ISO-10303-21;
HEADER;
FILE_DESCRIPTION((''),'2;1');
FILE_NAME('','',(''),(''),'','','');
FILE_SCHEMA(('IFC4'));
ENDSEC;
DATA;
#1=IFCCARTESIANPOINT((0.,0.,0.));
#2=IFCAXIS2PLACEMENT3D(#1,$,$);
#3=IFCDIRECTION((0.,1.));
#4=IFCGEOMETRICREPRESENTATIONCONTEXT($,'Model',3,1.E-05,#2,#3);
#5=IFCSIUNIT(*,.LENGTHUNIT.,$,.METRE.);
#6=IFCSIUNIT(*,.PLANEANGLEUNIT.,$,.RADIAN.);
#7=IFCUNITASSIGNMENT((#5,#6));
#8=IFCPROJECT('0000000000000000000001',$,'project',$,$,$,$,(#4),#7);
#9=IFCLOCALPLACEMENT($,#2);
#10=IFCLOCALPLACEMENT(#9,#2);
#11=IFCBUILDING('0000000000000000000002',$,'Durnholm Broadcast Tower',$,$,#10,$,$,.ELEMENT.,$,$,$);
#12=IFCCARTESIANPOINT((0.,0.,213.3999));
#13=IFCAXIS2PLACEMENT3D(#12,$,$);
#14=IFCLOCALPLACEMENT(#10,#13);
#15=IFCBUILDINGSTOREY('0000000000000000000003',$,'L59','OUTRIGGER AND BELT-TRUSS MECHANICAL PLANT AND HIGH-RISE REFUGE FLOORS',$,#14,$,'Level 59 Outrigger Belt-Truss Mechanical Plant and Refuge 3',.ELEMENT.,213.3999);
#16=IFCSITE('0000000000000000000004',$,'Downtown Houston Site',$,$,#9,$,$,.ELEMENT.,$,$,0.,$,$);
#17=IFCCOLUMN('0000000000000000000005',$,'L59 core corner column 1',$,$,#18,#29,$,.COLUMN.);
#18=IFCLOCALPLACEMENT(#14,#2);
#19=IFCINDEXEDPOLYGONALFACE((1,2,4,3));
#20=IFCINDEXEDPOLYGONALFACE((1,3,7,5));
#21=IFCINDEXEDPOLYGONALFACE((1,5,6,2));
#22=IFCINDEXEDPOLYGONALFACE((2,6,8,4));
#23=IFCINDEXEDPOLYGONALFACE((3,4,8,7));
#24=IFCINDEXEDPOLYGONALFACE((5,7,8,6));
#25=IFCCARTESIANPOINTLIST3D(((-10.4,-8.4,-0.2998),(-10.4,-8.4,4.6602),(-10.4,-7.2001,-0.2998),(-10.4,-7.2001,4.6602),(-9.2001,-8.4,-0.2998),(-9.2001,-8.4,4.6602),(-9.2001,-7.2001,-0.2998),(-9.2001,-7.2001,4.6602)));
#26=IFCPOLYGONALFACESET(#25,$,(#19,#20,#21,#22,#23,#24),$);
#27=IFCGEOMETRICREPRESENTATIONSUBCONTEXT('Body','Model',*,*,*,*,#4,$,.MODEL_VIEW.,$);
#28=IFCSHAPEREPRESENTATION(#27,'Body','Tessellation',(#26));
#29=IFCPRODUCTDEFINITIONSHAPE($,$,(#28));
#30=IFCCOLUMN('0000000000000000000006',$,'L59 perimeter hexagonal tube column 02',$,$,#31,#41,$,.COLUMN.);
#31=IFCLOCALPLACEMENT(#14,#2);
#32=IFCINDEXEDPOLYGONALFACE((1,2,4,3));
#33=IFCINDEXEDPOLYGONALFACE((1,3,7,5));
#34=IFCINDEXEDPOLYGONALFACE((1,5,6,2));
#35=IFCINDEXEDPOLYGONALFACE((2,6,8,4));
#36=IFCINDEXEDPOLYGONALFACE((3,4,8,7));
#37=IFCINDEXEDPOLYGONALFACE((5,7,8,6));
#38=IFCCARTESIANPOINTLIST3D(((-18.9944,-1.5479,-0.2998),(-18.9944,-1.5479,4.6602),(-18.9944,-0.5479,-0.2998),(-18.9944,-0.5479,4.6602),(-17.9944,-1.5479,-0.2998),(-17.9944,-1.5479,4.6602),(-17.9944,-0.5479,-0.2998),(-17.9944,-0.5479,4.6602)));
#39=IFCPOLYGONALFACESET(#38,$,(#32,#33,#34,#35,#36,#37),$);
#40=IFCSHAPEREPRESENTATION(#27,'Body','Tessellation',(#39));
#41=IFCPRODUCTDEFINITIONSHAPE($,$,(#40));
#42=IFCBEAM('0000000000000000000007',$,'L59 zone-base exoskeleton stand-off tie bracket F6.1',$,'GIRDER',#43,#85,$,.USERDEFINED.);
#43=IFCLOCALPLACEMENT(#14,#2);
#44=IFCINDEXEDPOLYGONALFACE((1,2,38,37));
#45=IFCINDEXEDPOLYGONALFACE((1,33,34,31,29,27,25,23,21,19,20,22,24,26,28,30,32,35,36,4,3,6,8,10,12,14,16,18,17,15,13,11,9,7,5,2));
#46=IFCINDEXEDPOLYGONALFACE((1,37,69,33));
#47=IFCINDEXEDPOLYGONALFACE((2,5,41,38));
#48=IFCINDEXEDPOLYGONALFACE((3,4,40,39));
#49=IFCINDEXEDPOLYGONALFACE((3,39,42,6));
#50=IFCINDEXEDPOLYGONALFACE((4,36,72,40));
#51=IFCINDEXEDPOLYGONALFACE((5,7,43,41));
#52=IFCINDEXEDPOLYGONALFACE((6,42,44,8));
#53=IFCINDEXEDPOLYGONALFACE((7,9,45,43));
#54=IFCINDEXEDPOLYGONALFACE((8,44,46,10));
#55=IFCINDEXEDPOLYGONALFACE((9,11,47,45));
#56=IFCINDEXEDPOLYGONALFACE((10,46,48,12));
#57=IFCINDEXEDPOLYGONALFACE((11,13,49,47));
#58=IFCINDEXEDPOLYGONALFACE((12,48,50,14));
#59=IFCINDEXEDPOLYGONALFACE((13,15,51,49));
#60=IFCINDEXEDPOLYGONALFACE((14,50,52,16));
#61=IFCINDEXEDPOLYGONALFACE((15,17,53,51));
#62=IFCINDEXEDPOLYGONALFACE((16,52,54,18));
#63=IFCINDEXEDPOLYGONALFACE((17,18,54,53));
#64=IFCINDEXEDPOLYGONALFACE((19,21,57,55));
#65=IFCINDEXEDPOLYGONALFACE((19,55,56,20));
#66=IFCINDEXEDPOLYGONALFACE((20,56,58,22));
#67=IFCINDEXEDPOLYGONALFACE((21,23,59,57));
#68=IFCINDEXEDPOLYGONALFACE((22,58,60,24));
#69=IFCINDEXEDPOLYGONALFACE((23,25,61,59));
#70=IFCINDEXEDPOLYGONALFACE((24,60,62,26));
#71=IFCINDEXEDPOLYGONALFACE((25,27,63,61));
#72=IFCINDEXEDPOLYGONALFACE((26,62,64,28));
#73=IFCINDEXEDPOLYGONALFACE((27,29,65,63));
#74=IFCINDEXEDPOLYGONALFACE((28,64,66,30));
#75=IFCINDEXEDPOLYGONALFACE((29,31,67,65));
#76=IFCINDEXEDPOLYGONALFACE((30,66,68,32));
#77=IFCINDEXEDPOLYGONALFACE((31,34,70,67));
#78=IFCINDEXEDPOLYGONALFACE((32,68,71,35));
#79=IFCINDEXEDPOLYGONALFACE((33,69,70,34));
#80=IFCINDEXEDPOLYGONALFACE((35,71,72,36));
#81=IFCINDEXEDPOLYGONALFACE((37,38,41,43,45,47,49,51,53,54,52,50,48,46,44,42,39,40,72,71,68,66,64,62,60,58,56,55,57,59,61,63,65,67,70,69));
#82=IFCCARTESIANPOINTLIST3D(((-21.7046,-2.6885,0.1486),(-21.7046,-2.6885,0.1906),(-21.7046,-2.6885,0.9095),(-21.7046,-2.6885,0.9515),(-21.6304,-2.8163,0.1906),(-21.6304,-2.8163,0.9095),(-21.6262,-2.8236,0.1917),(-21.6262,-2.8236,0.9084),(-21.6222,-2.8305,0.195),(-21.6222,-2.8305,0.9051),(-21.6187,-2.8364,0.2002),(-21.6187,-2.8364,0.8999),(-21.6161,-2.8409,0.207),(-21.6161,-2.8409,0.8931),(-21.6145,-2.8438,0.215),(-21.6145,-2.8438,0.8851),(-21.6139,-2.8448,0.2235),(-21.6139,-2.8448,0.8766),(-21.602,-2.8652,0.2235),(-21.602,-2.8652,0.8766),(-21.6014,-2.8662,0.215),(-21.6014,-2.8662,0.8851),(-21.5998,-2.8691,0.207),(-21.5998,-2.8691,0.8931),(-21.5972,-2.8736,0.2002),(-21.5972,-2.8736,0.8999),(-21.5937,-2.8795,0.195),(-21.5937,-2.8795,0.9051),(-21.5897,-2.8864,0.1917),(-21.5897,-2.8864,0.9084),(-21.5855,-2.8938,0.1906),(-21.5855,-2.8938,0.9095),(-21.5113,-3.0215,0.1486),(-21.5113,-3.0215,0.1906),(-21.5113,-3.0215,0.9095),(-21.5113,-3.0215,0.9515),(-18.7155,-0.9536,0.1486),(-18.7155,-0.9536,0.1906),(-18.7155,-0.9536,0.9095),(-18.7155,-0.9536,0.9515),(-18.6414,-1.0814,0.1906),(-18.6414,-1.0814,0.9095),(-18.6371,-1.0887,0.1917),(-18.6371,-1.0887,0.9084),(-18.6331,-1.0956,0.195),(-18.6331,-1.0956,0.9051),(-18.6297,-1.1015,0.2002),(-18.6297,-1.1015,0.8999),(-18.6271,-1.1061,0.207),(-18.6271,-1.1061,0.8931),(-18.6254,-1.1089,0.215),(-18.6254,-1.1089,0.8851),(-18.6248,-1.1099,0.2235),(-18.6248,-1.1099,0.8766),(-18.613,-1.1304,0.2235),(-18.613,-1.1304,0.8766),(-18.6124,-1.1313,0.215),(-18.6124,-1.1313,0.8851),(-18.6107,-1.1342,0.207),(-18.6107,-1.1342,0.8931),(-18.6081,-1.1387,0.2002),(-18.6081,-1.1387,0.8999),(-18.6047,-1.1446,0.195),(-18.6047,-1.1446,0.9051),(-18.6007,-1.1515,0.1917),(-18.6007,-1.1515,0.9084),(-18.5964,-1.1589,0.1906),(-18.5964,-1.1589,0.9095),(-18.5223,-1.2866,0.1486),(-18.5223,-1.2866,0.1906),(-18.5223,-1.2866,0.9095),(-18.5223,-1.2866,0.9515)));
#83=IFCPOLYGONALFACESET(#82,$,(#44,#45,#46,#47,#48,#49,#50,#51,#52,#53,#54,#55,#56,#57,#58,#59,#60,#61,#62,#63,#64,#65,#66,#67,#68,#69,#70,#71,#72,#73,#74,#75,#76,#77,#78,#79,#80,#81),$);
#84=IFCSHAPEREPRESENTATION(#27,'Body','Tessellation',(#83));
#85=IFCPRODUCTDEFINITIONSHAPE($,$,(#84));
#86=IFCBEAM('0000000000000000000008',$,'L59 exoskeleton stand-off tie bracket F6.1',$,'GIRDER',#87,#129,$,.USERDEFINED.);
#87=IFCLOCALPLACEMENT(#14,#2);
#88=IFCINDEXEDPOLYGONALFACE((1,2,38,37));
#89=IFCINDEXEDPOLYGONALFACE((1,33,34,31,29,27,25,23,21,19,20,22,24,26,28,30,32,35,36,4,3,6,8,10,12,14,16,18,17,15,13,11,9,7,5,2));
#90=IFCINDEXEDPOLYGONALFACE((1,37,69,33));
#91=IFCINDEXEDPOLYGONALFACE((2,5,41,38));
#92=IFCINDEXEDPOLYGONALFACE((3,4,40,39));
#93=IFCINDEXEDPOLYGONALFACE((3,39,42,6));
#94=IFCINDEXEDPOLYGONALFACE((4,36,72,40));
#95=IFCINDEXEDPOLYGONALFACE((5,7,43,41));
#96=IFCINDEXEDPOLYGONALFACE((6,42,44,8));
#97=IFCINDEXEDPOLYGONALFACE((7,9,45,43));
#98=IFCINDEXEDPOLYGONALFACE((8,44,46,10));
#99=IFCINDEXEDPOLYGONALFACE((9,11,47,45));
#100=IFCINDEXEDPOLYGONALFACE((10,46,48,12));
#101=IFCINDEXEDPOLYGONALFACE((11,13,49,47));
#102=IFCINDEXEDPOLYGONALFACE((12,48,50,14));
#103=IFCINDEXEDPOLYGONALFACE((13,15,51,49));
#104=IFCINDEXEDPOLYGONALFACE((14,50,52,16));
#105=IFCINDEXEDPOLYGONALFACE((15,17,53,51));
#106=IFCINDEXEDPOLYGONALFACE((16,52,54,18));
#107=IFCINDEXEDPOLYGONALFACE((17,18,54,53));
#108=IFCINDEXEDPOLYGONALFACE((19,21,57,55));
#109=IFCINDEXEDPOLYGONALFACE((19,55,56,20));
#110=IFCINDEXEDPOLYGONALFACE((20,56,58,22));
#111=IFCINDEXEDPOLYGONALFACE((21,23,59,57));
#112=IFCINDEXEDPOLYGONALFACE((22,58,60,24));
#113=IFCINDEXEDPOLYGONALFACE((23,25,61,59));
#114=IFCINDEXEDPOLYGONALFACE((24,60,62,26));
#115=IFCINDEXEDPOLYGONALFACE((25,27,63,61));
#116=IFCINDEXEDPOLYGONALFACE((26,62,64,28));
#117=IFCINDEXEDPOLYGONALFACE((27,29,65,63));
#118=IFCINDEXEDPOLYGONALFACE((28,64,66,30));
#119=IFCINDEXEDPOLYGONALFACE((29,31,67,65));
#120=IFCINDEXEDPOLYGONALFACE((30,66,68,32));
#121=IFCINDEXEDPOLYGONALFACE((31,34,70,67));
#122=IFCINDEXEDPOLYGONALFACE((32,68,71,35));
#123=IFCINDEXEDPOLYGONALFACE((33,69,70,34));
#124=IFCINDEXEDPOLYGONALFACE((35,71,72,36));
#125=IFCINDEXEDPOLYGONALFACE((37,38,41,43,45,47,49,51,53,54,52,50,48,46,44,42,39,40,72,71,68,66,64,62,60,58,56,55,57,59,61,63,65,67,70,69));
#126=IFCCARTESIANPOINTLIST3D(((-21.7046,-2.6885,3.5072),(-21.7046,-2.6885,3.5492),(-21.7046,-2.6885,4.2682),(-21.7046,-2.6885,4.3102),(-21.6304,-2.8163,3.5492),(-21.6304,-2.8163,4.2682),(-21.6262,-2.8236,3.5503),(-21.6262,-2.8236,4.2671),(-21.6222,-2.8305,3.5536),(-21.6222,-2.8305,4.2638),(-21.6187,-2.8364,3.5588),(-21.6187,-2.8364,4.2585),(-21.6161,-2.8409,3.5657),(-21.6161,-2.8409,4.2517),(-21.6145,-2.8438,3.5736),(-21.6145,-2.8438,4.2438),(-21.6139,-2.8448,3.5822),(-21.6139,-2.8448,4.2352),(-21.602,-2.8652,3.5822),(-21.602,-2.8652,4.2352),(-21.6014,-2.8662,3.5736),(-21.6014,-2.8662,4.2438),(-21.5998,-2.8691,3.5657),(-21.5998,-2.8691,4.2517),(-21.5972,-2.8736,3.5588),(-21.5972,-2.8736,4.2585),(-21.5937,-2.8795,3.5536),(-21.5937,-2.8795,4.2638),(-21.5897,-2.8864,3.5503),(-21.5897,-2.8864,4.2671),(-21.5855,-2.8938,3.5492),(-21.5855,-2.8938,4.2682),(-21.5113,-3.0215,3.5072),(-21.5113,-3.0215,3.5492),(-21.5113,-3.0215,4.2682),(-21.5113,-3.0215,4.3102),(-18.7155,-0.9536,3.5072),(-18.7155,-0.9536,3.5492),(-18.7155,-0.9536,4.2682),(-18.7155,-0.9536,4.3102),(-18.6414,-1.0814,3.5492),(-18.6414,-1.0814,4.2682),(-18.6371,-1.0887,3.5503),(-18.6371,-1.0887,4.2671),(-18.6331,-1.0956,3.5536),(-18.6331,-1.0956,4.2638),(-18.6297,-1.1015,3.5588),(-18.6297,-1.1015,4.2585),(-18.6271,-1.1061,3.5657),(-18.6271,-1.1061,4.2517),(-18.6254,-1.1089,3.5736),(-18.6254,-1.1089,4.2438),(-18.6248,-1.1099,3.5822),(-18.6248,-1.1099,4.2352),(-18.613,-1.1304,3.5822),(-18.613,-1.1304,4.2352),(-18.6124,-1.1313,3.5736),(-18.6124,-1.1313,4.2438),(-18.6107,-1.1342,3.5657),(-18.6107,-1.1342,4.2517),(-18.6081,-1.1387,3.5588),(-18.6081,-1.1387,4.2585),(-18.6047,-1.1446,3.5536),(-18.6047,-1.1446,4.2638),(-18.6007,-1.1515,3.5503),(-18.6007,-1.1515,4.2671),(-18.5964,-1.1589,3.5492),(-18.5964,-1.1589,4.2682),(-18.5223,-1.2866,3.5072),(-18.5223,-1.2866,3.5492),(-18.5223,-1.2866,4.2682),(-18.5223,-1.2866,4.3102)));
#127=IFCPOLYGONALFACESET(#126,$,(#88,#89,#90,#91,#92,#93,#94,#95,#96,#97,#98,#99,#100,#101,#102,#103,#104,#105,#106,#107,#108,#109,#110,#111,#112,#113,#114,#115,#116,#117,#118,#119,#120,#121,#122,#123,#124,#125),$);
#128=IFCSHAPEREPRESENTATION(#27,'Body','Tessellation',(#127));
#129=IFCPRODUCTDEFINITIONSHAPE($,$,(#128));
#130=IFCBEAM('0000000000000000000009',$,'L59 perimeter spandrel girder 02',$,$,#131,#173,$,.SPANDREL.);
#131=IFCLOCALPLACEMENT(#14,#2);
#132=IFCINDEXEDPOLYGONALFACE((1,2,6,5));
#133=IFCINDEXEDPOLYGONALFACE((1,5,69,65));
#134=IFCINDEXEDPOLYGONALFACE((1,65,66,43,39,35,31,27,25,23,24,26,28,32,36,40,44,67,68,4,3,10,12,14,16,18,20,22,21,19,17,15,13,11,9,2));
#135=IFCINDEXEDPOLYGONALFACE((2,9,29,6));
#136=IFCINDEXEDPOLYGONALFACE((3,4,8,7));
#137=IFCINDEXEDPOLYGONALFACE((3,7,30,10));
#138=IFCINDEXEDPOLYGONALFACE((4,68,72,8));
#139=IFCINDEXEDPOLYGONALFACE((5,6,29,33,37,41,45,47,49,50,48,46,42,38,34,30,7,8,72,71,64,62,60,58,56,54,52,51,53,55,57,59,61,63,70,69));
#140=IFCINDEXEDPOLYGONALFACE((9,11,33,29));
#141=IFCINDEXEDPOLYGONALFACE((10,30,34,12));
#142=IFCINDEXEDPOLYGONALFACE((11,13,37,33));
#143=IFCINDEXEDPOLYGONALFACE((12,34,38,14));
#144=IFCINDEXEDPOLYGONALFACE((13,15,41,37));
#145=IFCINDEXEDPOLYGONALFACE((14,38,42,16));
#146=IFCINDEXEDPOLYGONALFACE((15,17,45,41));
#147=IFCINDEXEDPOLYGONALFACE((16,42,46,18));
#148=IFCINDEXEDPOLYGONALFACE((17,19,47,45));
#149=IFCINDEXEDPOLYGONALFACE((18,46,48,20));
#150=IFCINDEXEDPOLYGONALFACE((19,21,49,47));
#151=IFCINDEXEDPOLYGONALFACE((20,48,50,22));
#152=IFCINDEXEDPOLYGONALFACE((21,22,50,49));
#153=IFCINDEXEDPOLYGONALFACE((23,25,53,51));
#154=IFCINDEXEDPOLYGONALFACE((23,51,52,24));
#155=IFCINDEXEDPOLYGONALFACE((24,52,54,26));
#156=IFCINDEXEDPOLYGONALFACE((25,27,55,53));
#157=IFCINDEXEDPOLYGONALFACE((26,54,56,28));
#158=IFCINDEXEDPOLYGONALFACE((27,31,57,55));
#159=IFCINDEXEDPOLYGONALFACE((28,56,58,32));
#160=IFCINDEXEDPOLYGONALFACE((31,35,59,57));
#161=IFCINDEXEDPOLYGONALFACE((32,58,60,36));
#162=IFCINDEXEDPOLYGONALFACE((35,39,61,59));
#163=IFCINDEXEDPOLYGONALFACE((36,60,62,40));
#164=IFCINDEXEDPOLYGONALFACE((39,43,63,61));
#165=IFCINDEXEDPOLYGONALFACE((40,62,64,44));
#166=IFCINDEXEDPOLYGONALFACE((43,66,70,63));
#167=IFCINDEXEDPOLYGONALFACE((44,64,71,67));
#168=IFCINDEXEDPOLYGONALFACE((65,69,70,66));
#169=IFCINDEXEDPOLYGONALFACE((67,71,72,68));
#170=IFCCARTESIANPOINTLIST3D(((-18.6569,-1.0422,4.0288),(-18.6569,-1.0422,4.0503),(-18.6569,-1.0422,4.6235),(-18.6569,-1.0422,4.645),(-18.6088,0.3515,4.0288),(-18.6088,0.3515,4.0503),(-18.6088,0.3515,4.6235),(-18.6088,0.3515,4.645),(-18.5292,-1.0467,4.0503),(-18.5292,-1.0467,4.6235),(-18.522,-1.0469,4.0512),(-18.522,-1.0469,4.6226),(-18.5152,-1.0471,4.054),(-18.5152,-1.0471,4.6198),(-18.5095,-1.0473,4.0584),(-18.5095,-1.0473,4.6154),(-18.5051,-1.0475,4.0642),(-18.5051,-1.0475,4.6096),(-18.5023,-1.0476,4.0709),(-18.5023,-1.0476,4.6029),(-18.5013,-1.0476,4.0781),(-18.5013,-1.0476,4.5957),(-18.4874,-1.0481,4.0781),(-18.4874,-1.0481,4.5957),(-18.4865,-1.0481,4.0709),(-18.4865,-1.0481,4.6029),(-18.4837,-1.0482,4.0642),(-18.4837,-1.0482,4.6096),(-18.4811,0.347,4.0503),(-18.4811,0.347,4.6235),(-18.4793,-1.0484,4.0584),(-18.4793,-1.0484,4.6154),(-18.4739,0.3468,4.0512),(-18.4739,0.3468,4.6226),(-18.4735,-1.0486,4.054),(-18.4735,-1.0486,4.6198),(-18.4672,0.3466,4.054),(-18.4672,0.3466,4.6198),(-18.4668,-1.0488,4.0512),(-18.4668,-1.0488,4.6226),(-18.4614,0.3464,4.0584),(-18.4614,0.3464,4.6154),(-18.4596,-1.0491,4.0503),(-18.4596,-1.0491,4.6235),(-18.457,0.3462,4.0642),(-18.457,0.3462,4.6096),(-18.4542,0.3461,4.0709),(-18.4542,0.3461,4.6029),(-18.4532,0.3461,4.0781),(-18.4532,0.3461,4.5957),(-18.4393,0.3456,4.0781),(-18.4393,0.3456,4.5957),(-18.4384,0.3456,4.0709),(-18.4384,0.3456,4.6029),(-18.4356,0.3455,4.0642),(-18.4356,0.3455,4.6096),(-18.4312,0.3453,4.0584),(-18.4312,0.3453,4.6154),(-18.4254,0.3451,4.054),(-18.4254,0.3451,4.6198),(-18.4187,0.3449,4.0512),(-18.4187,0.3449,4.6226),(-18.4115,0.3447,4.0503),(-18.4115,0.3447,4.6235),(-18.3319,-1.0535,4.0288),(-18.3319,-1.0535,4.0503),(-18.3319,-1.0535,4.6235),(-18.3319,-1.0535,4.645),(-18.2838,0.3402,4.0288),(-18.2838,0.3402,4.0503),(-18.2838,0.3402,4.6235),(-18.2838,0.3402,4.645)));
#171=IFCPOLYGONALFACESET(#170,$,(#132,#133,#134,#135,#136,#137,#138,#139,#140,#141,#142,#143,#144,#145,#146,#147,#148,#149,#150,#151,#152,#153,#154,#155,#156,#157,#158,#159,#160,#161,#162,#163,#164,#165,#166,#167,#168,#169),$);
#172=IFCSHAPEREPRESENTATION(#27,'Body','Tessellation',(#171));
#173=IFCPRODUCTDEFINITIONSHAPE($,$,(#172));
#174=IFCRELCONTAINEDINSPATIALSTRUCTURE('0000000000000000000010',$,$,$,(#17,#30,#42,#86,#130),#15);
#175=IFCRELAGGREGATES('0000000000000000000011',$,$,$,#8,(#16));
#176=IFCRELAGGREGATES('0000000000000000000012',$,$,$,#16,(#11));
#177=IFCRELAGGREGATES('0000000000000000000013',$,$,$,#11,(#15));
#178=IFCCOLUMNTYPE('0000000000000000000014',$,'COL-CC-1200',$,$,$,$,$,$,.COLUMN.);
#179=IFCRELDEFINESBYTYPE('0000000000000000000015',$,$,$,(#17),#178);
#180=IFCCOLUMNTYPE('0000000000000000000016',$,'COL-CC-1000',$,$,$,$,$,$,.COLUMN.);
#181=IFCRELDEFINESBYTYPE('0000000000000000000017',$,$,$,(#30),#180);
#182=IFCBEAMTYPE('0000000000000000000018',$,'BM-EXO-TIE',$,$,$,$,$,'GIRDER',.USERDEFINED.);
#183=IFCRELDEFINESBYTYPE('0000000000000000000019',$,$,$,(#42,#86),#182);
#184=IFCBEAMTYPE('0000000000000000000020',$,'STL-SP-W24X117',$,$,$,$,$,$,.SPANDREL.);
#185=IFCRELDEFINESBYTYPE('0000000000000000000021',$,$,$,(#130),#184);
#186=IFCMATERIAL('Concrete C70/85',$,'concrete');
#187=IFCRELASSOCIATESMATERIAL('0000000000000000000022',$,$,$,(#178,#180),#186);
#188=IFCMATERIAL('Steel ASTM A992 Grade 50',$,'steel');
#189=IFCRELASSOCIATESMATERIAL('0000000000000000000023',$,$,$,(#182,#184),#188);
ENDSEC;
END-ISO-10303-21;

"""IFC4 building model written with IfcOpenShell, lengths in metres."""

from ifc_helpers import new_model, si_unit, direction, frame, origin, origin_2d, place, context, subcontext, project, spatial, rectangle, i_section, extrude, source, transform, mapped, material, material_profile, profile_set, type_object, type_shapes, element, save


model = new_model("IFC4")

# Units and contexts
model_context = context("Model", 3, precision=1e-05, world=origin(), true_north=direction((0.0, 1.0)))
body_context = subcontext(model_context, "Body", "Model", "MODEL_VIEW")
ifc_project = project(units=[si_unit("LENGTHUNIT", "METRE"), si_unit("PLANEANGLEUNIT", "RADIAN")], contexts=[model_context])

# Site, building, storey
site_placement = place(None, origin())
site = spatial("IfcSite", under=ifc_project, at=site_placement, Name="Downtown Houston Site", CompositionType="ELEMENT", RefElevation=0.0)
building_placement = place(site_placement, origin())
building = spatial("IfcBuilding", under=site, at=building_placement, Name="Durnholm Broadcast Tower", CompositionType="ELEMENT")
storey_placement = place(building_placement, frame((0.0, 0.0, 213.3999)))
storey = spatial("IfcBuildingStorey", under=building, at=storey_placement, Name="L59", Description="OUTRIGGER AND BELT-TRUSS MECHANICAL PLANT AND HIGH-RISE REFUGE FLOORS", LongName="Level 59 Outrigger Belt-Truss Mechanical Plant and Refuge 3", CompositionType="ELEMENT", Elevation=213.3999)

# Columns
ifc_material_1 = material(Name="Concrete C70/85", Category="concrete")
ifc_material_profile_1 = material_profile(ifc_material_1, rectangle(XDim=1.2, YDim=1.2, at=origin_2d()), Name="RC1200X1200")
ifc_profile_set_1 = profile_set([ifc_material_profile_1], Name="Concrete C70/85")
column_type_1 = type_object("IfcColumnType", Name="COL-CC-1200", PredefinedType="COLUMN", material=ifc_profile_set_1)
shared_shape_1 = source(origin(), body_context, "Body", "SweptSolid", [
    extrude(rectangle(XDim=1.2, YDim=1.2, at=origin_2d()), origin(), (0.0, 0.0, 1.0), 4.96),
])
type_shapes(column_type_1, [shared_shape_1])
column_1_placement = place(storey_placement, frame((-9.8, -7.8, -0.2998), z_axis=(0.0, 0.0, 1.0), x_axis=(1.0, 0.0, 0.0)))
element("IfcColumn", 1, at=column_1_placement, inside=storey, type_object=column_type_1, Name="L59 core corner column 1", PredefinedType="COLUMN", context=body_context, shape_type="MappedRepresentation", body=[
    mapped(shared_shape_1, transform((0.0, 0.0, 0.0), x_axis=(1.0, 0.0, 0.0), y_axis=(0.0, 1.0, 0.0), z_axis=(0.0, 0.0, 1.0), scale=1.0)),
])
ifc_material_profile_2 = material_profile(ifc_material_1, rectangle(XDim=1.0, YDim=1.0, at=origin_2d()), Name="RC1000X1000")
ifc_profile_set_2 = profile_set([ifc_material_profile_2], Name="Concrete C70/85")
column_type_2 = type_object("IfcColumnType", Name="COL-CC-1000", PredefinedType="COLUMN", material=ifc_profile_set_2)
shared_shape_2 = source(origin(), body_context, "Body", "SweptSolid", [
    extrude(rectangle(XDim=1.0, YDim=1.0, at=origin_2d()), origin(), (0.0, 0.0, 1.0), 4.96),
])
type_shapes(column_type_2, [shared_shape_2])
column_2_placement = place(storey_placement, frame((-18.4944, -1.0479, -0.2998), z_axis=(0.0, 0.0, 1.0), x_axis=(1.0, 0.0, 0.0)))
element("IfcColumn", 2, at=column_2_placement, inside=storey, type_object=column_type_2, Name="L59 perimeter hexagonal tube column 02", PredefinedType="COLUMN", context=body_context, shape_type="MappedRepresentation", body=[
    mapped(shared_shape_2, transform((0.0, 0.0, 0.0), x_axis=(1.0, 0.0, 0.0), y_axis=(0.0, 1.0, 0.0), z_axis=(0.0, 0.0, 1.0), scale=1.0)),
])

# Beams
ifc_material_2 = material(Name="Steel ASTM A992 Grade 50", Category="steel")
ifc_material_profile_3 = material_profile(ifc_material_2, i_section(OverallWidth=0.385, OverallDepth=0.803, WebThickness=0.0237, FlangeThickness=0.042, FilletRadius=0.033, at=origin_2d()), Name="W30X261")
ifc_profile_set_3 = profile_set([ifc_material_profile_3], Name="Steel ASTM A992 Grade 50")
beam_type_1 = type_object("IfcBeamType", Name="BM-EXO-TIE", ElementType="GIRDER", PredefinedType="USERDEFINED", material=ifc_profile_set_3)
shared_shape_3 = source(origin(), body_context, "Body", "SweptSolid", [
    extrude(i_section(OverallWidth=0.385, OverallDepth=0.803, WebThickness=0.0237, FlangeThickness=0.042, FilletRadius=0.033, at=origin_2d()), origin(), (0.0, 0.0, 1.0), 3.4561),
])
for number, where, z_axis, x_axis, name in (
    (3, (-18.6189, -1.1201, 0.55), (-0.864876, -0.501986, 0.0), (0.501986, -0.864876, 0.0), "L59 zone-base exoskeleton stand-off tie bracket F6.1"),
    (4, (-18.6189, -1.1201, 3.9087), (-0.864876, -0.501986, 0.0), (0.501986, -0.864876, 0.0), "L59 exoskeleton stand-off tie bracket F6.1"),
):
    element("IfcBeam", number, at=place(storey_placement, frame(where, z_axis=z_axis, x_axis=x_axis)), inside=storey, type_object=beam_type_1, Name=name, ObjectType="GIRDER", PredefinedType="USERDEFINED", context=body_context, shape_type="MappedRepresentation", body=[
        mapped(shared_shape_3, transform((0.0, 0.0, 0.0), x_axis=(1.0, 0.0, 0.0), y_axis=(0.0, 1.0, 0.0), z_axis=(0.0, 0.0, 1.0), scale=1.0)),
    ])
ifc_material_profile_4 = material_profile(ifc_material_2, i_section(OverallWidth=0.3252, OverallDepth=0.6162, WebThickness=0.0139, FlangeThickness=0.0215, FilletRadius=0.0278, at=origin_2d()), Name="W24X117")
ifc_profile_set_4 = profile_set([ifc_material_profile_4], Name="Steel ASTM A992 Grade 50")
beam_type_2 = type_object("IfcBeamType", Name="STL-SP-W24X117", PredefinedType="SPANDREL", material=ifc_profile_set_4)
shared_shape_4 = source(origin(), body_context, "Body", "SweptSolid", [
    extrude(i_section(OverallWidth=0.3252, OverallDepth=0.6162, WebThickness=0.0139, FlangeThickness=0.0215, FilletRadius=0.0278, at=origin_2d()), origin(), (0.0, 0.0, 1.0), 1.3945),
])
type_shapes(beam_type_2, [shared_shape_4])
beam_placement = place(storey_placement, frame((-18.4944, -1.0479, 4.3369), z_axis=(0.034486, 0.999405, 0.0), x_axis=(-0.999405, 0.034486, 0.0)))
element("IfcBeam", 5, at=beam_placement, inside=storey, type_object=beam_type_2, Name="L59 perimeter spandrel girder 02", PredefinedType="SPANDREL", context=body_context, shape_type="MappedRepresentation", body=[
    mapped(shared_shape_4, transform((0.0, 0.0, 0.0), x_axis=(1.0, 0.0, 0.0), y_axis=(0.0, 1.0, 0.0), z_axis=(0.0, 0.0, 1.0), scale=1.0)),
])

save(model, "model.ifc")
